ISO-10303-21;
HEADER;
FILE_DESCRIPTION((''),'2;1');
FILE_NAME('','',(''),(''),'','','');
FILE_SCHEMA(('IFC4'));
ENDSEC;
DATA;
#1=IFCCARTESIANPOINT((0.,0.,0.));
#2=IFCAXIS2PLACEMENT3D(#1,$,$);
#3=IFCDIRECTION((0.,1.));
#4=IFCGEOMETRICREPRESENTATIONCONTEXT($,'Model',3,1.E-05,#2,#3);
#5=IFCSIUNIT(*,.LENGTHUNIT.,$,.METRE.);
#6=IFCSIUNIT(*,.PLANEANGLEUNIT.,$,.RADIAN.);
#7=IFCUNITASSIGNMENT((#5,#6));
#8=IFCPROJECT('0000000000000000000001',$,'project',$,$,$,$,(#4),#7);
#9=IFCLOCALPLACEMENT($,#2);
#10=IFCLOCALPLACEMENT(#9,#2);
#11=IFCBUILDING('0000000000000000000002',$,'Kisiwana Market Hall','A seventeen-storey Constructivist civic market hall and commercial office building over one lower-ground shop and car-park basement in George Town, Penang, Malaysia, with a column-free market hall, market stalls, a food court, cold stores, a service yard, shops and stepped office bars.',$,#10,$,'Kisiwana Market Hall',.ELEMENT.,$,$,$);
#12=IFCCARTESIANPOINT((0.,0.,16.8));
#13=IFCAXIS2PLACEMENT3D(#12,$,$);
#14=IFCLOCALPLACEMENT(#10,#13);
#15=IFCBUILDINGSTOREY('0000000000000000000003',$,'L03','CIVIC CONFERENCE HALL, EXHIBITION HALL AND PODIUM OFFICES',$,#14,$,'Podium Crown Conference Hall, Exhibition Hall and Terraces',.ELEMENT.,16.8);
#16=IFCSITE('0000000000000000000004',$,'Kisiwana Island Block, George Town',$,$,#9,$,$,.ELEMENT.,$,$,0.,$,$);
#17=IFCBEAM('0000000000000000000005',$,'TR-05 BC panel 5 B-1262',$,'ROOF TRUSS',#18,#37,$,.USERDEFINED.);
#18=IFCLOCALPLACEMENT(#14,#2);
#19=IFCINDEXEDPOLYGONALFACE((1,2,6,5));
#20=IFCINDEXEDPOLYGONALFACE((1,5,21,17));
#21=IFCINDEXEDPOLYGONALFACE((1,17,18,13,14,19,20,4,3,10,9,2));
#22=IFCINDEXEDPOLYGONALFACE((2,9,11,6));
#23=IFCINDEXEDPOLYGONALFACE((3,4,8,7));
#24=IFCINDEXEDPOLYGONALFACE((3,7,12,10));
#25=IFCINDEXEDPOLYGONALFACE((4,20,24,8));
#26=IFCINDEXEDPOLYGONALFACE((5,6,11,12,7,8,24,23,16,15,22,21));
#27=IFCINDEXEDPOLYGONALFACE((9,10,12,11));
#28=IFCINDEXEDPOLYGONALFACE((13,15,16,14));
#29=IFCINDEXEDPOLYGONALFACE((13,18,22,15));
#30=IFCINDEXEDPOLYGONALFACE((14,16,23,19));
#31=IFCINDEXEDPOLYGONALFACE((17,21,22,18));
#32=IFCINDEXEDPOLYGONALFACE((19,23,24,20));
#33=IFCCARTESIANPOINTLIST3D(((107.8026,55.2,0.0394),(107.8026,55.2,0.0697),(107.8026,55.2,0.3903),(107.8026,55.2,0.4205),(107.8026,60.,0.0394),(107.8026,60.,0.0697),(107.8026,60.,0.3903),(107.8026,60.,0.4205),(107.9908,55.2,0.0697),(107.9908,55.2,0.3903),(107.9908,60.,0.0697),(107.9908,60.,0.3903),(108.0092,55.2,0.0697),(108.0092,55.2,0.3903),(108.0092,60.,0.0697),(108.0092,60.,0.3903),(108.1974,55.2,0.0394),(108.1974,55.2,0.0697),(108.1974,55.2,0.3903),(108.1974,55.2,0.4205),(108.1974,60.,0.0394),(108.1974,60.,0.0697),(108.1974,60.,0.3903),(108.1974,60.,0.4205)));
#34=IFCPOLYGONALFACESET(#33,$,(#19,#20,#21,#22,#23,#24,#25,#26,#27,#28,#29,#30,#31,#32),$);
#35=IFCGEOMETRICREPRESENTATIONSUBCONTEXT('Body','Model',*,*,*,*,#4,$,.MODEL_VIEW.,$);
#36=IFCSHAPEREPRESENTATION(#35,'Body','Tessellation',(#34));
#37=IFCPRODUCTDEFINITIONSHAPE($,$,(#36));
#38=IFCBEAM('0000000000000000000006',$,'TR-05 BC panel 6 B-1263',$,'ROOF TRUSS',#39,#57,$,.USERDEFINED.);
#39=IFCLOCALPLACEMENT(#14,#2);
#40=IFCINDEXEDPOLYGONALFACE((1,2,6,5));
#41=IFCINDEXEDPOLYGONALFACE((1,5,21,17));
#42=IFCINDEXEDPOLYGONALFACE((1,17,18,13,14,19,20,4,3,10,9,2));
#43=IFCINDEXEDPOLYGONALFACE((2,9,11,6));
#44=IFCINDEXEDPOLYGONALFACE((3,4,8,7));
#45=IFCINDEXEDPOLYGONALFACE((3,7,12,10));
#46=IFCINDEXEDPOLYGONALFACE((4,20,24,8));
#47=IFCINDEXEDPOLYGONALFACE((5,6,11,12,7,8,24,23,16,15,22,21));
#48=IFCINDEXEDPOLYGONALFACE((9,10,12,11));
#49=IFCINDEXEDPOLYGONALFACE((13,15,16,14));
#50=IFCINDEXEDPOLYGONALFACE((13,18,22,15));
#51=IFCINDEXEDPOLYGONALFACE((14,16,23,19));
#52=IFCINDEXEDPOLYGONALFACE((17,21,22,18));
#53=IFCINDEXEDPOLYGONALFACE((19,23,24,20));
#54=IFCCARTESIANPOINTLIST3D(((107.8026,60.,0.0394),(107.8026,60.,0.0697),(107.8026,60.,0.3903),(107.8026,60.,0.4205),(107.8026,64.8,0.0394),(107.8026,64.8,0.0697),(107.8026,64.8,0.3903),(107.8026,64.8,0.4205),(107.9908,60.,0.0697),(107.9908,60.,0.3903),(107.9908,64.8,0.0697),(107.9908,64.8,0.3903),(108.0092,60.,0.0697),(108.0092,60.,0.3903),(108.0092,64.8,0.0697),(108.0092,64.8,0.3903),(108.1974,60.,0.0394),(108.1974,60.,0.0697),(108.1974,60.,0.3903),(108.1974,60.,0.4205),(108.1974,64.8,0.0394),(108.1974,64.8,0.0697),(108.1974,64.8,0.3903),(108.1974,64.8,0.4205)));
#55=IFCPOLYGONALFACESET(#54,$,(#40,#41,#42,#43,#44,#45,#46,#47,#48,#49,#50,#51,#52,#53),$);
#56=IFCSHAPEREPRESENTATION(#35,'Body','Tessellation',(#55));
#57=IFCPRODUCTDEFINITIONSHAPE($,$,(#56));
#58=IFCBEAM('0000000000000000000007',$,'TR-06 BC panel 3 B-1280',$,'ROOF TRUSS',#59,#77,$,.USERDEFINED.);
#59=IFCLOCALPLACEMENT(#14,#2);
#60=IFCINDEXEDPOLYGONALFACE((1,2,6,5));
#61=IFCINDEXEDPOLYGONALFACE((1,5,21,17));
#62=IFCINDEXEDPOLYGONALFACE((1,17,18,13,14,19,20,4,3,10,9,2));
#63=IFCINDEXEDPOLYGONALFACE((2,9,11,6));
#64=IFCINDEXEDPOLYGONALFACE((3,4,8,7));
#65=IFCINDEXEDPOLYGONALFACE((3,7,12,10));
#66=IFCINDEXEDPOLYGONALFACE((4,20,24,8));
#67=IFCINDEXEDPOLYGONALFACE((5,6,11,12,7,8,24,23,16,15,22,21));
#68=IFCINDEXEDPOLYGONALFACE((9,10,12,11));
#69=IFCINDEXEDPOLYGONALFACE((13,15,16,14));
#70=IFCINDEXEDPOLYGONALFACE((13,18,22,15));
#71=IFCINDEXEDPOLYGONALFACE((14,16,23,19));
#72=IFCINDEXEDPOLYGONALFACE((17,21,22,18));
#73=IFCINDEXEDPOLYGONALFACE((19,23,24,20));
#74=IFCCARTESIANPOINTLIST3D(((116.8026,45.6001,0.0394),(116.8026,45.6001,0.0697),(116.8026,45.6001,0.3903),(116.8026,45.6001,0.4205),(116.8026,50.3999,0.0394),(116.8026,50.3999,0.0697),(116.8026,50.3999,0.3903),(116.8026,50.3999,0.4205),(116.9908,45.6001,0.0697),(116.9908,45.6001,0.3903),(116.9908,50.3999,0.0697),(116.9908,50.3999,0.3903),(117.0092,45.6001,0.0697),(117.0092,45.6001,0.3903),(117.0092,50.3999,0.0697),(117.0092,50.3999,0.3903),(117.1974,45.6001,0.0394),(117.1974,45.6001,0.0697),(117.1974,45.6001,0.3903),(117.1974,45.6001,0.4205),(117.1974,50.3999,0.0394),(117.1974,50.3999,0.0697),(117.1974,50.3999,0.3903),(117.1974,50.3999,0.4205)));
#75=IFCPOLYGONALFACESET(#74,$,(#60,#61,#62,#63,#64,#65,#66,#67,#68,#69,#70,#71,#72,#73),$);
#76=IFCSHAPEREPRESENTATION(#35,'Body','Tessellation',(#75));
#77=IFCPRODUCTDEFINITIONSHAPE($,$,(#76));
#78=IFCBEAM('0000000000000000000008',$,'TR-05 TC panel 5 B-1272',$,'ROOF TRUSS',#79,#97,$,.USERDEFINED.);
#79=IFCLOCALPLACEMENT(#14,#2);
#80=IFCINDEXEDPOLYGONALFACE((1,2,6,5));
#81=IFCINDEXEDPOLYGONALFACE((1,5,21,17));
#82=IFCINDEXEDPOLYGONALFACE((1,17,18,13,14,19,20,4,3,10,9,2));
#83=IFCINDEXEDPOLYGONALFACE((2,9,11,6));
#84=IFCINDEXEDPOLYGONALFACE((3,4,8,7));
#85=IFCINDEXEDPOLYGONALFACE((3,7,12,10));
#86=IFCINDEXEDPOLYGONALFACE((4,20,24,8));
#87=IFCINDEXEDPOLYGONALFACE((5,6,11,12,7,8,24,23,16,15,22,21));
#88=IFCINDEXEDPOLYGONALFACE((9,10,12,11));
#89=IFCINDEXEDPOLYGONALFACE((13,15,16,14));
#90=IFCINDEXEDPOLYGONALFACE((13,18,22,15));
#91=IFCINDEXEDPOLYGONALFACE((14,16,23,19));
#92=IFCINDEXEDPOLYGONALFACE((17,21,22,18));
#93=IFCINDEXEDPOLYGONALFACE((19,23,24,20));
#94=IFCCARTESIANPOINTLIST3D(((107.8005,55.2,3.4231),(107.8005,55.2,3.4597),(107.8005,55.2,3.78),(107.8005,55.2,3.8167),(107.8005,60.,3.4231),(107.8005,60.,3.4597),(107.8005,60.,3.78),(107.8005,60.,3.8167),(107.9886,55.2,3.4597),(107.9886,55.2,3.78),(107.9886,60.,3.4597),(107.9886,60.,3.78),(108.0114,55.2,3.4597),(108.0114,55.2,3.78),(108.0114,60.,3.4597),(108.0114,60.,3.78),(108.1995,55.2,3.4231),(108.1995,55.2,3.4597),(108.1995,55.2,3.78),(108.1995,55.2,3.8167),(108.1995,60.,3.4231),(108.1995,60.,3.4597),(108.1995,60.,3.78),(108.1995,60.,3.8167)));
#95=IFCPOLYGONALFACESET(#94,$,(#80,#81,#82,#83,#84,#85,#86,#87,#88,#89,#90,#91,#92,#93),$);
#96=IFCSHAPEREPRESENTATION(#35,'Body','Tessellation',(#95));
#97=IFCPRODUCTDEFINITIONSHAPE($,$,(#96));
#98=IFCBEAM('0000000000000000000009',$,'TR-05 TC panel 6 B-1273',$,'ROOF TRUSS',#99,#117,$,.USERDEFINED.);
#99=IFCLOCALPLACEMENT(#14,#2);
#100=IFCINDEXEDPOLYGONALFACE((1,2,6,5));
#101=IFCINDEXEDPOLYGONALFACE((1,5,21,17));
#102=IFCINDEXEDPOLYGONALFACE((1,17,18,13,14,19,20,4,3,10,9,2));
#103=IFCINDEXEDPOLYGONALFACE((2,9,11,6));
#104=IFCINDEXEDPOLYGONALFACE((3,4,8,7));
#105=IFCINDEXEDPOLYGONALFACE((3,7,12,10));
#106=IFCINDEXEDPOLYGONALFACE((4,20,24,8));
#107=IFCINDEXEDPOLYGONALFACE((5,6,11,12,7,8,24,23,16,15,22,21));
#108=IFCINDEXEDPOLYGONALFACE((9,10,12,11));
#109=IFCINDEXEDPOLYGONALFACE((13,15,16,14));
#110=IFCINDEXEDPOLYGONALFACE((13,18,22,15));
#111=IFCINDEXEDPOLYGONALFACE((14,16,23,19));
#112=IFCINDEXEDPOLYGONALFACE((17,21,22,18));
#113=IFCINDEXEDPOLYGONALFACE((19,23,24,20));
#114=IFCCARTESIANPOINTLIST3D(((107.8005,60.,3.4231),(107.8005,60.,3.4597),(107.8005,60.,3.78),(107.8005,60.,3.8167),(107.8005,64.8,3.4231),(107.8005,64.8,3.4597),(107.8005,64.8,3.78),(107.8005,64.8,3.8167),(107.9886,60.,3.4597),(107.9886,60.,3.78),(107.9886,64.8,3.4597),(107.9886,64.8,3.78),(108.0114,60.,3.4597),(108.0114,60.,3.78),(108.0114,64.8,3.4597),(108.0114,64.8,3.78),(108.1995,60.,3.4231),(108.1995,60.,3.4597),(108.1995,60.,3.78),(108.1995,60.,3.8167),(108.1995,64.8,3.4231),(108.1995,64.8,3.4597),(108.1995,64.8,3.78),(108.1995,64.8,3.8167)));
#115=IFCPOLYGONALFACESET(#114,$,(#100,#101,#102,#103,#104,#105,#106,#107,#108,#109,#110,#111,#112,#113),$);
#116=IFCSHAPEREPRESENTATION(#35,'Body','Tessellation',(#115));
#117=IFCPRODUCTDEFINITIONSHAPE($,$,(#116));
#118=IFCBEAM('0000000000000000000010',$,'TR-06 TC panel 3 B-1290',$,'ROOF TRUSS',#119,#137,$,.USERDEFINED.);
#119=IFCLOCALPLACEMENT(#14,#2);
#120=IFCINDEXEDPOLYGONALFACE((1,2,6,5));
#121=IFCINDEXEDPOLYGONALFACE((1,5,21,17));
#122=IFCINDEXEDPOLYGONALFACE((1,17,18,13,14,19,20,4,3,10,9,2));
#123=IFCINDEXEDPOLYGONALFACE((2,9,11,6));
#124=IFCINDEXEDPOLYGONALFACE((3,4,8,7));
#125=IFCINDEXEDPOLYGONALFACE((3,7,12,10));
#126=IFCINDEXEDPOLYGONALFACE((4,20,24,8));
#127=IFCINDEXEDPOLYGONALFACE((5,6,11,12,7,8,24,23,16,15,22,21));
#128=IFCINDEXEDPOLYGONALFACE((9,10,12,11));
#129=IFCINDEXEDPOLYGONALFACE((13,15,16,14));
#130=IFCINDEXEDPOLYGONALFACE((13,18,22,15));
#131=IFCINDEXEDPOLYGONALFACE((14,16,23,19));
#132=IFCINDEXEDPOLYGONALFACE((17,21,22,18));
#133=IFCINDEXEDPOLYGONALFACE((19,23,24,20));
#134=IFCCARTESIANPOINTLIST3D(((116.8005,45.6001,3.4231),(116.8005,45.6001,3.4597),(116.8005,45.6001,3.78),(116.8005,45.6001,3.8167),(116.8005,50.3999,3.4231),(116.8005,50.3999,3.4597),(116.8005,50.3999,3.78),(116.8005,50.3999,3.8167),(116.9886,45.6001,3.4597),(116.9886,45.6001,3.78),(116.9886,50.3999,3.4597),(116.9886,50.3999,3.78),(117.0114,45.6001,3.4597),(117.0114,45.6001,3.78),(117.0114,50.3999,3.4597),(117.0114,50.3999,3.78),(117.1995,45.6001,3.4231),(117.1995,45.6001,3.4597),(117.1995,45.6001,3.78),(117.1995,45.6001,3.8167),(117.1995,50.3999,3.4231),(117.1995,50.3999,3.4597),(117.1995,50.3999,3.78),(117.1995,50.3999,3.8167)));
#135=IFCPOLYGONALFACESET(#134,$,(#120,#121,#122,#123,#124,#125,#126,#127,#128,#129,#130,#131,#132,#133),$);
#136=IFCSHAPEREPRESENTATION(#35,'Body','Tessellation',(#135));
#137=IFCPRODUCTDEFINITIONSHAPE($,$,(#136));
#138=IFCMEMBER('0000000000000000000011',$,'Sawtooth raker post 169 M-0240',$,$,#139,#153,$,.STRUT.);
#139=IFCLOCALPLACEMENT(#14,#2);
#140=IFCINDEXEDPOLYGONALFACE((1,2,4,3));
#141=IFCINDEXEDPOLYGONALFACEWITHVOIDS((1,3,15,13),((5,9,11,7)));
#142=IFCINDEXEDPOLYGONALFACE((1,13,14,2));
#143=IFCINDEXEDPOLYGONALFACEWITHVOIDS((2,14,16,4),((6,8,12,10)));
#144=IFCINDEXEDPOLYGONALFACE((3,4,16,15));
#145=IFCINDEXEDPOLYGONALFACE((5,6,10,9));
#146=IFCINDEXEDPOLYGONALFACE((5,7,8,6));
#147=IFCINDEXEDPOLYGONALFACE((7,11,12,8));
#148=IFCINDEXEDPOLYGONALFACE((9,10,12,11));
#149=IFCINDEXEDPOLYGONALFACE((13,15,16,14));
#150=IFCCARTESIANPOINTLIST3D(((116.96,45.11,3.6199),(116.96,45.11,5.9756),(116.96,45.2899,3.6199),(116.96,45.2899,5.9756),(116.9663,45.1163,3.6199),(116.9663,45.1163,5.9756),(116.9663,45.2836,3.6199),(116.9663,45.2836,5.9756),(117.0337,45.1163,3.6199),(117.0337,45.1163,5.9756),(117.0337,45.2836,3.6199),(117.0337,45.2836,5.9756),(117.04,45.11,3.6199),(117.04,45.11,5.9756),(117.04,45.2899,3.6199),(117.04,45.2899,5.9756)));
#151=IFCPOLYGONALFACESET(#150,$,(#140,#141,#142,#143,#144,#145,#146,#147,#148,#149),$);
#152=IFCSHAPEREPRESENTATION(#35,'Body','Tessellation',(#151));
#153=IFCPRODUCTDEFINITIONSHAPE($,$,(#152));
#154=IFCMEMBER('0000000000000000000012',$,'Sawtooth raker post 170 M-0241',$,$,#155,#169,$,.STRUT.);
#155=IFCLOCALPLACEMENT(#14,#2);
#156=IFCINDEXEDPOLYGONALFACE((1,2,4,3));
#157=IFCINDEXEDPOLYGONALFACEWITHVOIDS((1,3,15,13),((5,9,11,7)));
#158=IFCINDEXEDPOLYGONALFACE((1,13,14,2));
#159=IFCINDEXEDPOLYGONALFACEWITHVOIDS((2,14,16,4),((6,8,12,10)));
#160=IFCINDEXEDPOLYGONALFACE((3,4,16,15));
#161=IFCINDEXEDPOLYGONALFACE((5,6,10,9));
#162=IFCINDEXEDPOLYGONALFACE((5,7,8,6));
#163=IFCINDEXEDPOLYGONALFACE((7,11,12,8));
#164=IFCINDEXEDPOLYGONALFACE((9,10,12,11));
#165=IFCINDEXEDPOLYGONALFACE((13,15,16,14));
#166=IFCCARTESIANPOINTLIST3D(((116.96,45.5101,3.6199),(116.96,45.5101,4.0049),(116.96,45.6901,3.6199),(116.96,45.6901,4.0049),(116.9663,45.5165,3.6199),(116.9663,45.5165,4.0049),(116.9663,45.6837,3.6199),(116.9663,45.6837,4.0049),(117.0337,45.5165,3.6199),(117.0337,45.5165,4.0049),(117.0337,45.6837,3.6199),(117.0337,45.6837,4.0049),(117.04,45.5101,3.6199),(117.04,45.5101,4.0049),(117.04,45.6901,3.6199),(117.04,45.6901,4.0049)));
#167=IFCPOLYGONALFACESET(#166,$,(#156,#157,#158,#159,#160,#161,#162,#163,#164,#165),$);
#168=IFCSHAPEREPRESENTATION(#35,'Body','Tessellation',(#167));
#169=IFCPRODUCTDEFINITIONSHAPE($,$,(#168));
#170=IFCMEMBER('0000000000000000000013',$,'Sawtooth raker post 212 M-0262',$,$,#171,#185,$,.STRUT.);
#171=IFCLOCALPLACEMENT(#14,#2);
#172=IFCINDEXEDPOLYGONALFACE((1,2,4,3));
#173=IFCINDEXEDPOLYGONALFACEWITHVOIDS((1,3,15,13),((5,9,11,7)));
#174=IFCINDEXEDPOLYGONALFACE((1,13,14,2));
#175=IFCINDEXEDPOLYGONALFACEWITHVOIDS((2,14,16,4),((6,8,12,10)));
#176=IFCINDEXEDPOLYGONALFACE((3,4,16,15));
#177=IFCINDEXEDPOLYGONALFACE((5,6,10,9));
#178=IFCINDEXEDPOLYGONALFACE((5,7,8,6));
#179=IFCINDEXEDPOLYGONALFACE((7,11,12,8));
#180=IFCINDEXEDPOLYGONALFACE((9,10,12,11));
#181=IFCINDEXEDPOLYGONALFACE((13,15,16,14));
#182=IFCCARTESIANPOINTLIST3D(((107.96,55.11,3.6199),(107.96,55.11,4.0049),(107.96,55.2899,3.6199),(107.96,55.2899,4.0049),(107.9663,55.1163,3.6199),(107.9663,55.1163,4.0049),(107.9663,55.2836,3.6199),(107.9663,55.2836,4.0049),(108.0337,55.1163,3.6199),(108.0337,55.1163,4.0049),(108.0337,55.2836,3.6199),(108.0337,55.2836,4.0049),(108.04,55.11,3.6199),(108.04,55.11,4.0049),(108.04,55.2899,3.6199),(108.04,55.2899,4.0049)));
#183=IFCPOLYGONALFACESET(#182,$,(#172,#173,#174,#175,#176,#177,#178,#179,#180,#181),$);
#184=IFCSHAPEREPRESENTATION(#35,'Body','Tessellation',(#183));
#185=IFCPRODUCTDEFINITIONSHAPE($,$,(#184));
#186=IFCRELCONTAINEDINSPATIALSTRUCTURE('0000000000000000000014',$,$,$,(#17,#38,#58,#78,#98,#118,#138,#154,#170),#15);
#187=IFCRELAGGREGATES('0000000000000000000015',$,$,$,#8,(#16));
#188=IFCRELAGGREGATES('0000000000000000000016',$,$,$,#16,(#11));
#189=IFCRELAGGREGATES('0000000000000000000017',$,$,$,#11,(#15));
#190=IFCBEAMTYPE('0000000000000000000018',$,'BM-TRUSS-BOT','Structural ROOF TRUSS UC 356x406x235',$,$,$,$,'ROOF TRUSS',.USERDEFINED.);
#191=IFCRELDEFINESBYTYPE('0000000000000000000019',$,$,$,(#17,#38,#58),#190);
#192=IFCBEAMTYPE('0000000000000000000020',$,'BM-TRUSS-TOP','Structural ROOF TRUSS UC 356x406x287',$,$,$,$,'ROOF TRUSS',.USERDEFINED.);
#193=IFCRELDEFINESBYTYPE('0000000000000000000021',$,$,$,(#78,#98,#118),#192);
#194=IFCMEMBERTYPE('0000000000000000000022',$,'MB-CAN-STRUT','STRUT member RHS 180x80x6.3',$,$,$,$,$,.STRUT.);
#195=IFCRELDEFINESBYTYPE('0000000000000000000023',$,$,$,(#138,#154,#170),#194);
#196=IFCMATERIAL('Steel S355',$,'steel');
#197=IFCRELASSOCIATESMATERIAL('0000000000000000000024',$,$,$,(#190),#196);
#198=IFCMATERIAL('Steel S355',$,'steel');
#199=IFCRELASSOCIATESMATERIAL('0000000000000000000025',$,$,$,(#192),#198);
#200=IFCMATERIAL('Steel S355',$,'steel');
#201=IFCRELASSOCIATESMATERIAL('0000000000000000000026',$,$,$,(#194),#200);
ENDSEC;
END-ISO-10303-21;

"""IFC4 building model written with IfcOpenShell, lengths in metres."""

from ifc_helpers import new_model, si_unit, direction, frame, origin, origin_2d, place, context, subcontext, project, spatial, hollow_rectangle, i_section, extrude, material, material_profile, profile_set, type_object, element, save


model = new_model("IFC4")

# Units and contexts
model_context = context("Model", 3, precision=1e-05, world=origin(), true_north=direction((0.0, 1.0)))
body_context = subcontext(model_context, "Body", "Model", "MODEL_VIEW")
ifc_project = project(units=[si_unit("LENGTHUNIT", "METRE"), si_unit("PLANEANGLEUNIT", "RADIAN")], contexts=[model_context])

# Site, building, storey
site_placement = place(None, origin())
site = spatial("IfcSite", under=ifc_project, at=site_placement, Name="Kisiwana Island Block, George Town", CompositionType="ELEMENT", RefElevation=0.0)
building_placement = place(site_placement, origin())
building = spatial("IfcBuilding", under=site, at=building_placement, Name="Kisiwana Market Hall", Description="A seventeen-storey Constructivist civic market hall and commercial office building over one lower-ground shop and car-park basement in George Town, Penang, Malaysia, with a column-free market hall, market stalls, a food court, cold stores, a service yard, shops and stepped office bars.", LongName="Kisiwana Market Hall", CompositionType="ELEMENT")
storey_placement = place(building_placement, frame((0.0, 0.0, 16.8)))
storey = spatial("IfcBuildingStorey", under=building, at=storey_placement, Name="L03", Description="CIVIC CONFERENCE HALL, EXHIBITION HALL AND PODIUM OFFICES", LongName="Podium Crown Conference Hall, Exhibition Hall and Terraces", CompositionType="ELEMENT", Elevation=16.8)

# Beams
ifc_material_1 = material(Name="Steel S355", Category="steel")
ifc_material_profile_1 = material_profile(ifc_material_1, i_section(OverallWidth=0.3948, OverallDepth=0.3811, WebThickness=0.0183, FlangeThickness=0.0303, at=origin_2d()), Name="UC 356x406x235")
ifc_profile_set_1 = profile_set([ifc_material_profile_1], Name="Steel S355")
beam_type_1 = type_object("IfcBeamType", Name="BM-TRUSS-BOT", Description="Structural ROOF TRUSS UC 356x406x235", ElementType="ROOF TRUSS", PredefinedType="USERDEFINED", material=ifc_profile_set_1)
for number, where, z_axis, x_axis, name in (
    (1, (108.0, 55.2, 0.23), (0.0, 1.0, 0.0), (-1.0, 0.0, 0.0), "TR-05 BC panel 5 B-1262"),
    (2, (108.0, 60.0, 0.23), (0.0, 1.0, 0.0), (-1.0, 0.0, 0.0), "TR-05 BC panel 6 B-1263"),
):
    element("IfcBeam", number, at=place(storey_placement, frame(where, z_axis=z_axis, x_axis=x_axis)), inside=storey, type_object=beam_type_1, Name=name, ObjectType="ROOF TRUSS", PredefinedType="USERDEFINED", context=body_context, shape_type="SweptSolid", body=[
        extrude(i_section(OverallWidth=0.3948, OverallDepth=0.3811, WebThickness=0.0183, FlangeThickness=0.0303, at=origin_2d()), origin(), (0.0, 0.0, 1.0), 4.8),
    ])
beam_1_placement = place(storey_placement, frame((117.0, 45.6001, 0.23), z_axis=(0.0, 1.0, 0.0), x_axis=(-1.0, 0.0, 0.0)))
element("IfcBeam", 3, at=beam_1_placement, inside=storey, type_object=beam_type_1, Name="TR-06 BC panel 3 B-1280", ObjectType="ROOF TRUSS", PredefinedType="USERDEFINED", context=body_context, shape_type="SweptSolid", body=[
    extrude(i_section(OverallWidth=0.3948, OverallDepth=0.3811, WebThickness=0.0183, FlangeThickness=0.0303, at=origin_2d()), origin(), (0.0, 0.0, 1.0), 4.7998),
])
ifc_material_2 = material(Name="Steel S355", Category="steel")
ifc_material_profile_2 = material_profile(ifc_material_2, i_section(OverallWidth=0.3989, OverallDepth=0.3936, WebThickness=0.0227, FlangeThickness=0.0366, at=origin_2d()), Name="UC 356x406x287")
ifc_profile_set_2 = profile_set([ifc_material_profile_2], Name="Steel S355")
beam_type_2 = type_object("IfcBeamType", Name="BM-TRUSS-TOP", Description="Structural ROOF TRUSS UC 356x406x287", ElementType="ROOF TRUSS", PredefinedType="USERDEFINED", material=ifc_profile_set_2)
for number, where, z_axis, x_axis, name in (
    (4, (108.0, 55.2, 3.6199), (0.0, 1.0, 0.0), (-1.0, 0.0, 0.0), "TR-05 TC panel 5 B-1272"),
    (5, (108.0, 60.0, 3.6199), (0.0, 1.0, 0.0), (-1.0, 0.0, 0.0), "TR-05 TC panel 6 B-1273"),
):
    element("IfcBeam", number, at=place(storey_placement, frame(where, z_axis=z_axis, x_axis=x_axis)), inside=storey, type_object=beam_type_2, Name=name, ObjectType="ROOF TRUSS", PredefinedType="USERDEFINED", context=body_context, shape_type="SweptSolid", body=[
        extrude(i_section(OverallWidth=0.3989, OverallDepth=0.3936, WebThickness=0.0227, FlangeThickness=0.0366, at=origin_2d()), origin(), (0.0, 0.0, 1.0), 4.8),
    ])
beam_2_placement = place(storey_placement, frame((117.0, 45.6001, 3.6199), z_axis=(0.0, 1.0, 0.0), x_axis=(-1.0, 0.0, 0.0)))
element("IfcBeam", 6, at=beam_2_placement, inside=storey, type_object=beam_type_2, Name="TR-06 TC panel 3 B-1290", ObjectType="ROOF TRUSS", PredefinedType="USERDEFINED", context=body_context, shape_type="SweptSolid", body=[
    extrude(i_section(OverallWidth=0.3989, OverallDepth=0.3936, WebThickness=0.0227, FlangeThickness=0.0366, at=origin_2d()), origin(), (0.0, 0.0, 1.0), 4.7998),
])

# Members
ifc_material_3 = material(Name="Steel S355", Category="steel")
ifc_material_profile_3 = material_profile(ifc_material_3, hollow_rectangle(XDim=0.0801, YDim=0.1799, WallThickness=0.0063, at=origin_2d()), Name="RHS 180x80x6.3")
ifc_profile_set_3 = profile_set([ifc_material_profile_3], Name="Steel S355")
member_type_1 = type_object("IfcMemberType", Name="MB-CAN-STRUT", Description="STRUT member RHS 180x80x6.3", PredefinedType="STRUT", material=ifc_profile_set_3)
member_1_placement = place(storey_placement, frame((117.0, 45.2, 3.6199), z_axis=(0.0, 0.0, 1.0), x_axis=(1.0, 0.0, 0.0)))
element("IfcMember", 7, at=member_1_placement, inside=storey, type_object=member_type_1, Name="Sawtooth raker post 169 M-0240", PredefinedType="STRUT", context=body_context, shape_type="SweptSolid", body=[
    extrude(hollow_rectangle(XDim=0.0801, YDim=0.1799, WallThickness=0.0063, at=origin_2d()), origin(), (0.0, 0.0, 1.0), 2.3557),
])
for number, where, z_axis, x_axis, name in (
    (8, (117.0, 45.6001, 3.6199), (0.0, 0.0, 1.0), (1.0, 0.0, 0.0), "Sawtooth raker post 170 M-0241"),
    (9, (108.0, 55.2, 3.6199), (0.0, 0.0, 1.0), (1.0, 0.0, 0.0), "Sawtooth raker post 212 M-0262"),
):
    element("IfcMember", number, at=place(storey_placement, frame(where, z_axis=z_axis, x_axis=x_axis)), inside=storey, type_object=member_type_1, Name=name, PredefinedType="STRUT", context=body_context, shape_type="SweptSolid", body=[
        extrude(hollow_rectangle(XDim=0.0801, YDim=0.1799, WallThickness=0.0063, at=origin_2d()), origin(), (0.0, 0.0, 1.0), 0.385),
    ])

save(model, "model.ifc")
